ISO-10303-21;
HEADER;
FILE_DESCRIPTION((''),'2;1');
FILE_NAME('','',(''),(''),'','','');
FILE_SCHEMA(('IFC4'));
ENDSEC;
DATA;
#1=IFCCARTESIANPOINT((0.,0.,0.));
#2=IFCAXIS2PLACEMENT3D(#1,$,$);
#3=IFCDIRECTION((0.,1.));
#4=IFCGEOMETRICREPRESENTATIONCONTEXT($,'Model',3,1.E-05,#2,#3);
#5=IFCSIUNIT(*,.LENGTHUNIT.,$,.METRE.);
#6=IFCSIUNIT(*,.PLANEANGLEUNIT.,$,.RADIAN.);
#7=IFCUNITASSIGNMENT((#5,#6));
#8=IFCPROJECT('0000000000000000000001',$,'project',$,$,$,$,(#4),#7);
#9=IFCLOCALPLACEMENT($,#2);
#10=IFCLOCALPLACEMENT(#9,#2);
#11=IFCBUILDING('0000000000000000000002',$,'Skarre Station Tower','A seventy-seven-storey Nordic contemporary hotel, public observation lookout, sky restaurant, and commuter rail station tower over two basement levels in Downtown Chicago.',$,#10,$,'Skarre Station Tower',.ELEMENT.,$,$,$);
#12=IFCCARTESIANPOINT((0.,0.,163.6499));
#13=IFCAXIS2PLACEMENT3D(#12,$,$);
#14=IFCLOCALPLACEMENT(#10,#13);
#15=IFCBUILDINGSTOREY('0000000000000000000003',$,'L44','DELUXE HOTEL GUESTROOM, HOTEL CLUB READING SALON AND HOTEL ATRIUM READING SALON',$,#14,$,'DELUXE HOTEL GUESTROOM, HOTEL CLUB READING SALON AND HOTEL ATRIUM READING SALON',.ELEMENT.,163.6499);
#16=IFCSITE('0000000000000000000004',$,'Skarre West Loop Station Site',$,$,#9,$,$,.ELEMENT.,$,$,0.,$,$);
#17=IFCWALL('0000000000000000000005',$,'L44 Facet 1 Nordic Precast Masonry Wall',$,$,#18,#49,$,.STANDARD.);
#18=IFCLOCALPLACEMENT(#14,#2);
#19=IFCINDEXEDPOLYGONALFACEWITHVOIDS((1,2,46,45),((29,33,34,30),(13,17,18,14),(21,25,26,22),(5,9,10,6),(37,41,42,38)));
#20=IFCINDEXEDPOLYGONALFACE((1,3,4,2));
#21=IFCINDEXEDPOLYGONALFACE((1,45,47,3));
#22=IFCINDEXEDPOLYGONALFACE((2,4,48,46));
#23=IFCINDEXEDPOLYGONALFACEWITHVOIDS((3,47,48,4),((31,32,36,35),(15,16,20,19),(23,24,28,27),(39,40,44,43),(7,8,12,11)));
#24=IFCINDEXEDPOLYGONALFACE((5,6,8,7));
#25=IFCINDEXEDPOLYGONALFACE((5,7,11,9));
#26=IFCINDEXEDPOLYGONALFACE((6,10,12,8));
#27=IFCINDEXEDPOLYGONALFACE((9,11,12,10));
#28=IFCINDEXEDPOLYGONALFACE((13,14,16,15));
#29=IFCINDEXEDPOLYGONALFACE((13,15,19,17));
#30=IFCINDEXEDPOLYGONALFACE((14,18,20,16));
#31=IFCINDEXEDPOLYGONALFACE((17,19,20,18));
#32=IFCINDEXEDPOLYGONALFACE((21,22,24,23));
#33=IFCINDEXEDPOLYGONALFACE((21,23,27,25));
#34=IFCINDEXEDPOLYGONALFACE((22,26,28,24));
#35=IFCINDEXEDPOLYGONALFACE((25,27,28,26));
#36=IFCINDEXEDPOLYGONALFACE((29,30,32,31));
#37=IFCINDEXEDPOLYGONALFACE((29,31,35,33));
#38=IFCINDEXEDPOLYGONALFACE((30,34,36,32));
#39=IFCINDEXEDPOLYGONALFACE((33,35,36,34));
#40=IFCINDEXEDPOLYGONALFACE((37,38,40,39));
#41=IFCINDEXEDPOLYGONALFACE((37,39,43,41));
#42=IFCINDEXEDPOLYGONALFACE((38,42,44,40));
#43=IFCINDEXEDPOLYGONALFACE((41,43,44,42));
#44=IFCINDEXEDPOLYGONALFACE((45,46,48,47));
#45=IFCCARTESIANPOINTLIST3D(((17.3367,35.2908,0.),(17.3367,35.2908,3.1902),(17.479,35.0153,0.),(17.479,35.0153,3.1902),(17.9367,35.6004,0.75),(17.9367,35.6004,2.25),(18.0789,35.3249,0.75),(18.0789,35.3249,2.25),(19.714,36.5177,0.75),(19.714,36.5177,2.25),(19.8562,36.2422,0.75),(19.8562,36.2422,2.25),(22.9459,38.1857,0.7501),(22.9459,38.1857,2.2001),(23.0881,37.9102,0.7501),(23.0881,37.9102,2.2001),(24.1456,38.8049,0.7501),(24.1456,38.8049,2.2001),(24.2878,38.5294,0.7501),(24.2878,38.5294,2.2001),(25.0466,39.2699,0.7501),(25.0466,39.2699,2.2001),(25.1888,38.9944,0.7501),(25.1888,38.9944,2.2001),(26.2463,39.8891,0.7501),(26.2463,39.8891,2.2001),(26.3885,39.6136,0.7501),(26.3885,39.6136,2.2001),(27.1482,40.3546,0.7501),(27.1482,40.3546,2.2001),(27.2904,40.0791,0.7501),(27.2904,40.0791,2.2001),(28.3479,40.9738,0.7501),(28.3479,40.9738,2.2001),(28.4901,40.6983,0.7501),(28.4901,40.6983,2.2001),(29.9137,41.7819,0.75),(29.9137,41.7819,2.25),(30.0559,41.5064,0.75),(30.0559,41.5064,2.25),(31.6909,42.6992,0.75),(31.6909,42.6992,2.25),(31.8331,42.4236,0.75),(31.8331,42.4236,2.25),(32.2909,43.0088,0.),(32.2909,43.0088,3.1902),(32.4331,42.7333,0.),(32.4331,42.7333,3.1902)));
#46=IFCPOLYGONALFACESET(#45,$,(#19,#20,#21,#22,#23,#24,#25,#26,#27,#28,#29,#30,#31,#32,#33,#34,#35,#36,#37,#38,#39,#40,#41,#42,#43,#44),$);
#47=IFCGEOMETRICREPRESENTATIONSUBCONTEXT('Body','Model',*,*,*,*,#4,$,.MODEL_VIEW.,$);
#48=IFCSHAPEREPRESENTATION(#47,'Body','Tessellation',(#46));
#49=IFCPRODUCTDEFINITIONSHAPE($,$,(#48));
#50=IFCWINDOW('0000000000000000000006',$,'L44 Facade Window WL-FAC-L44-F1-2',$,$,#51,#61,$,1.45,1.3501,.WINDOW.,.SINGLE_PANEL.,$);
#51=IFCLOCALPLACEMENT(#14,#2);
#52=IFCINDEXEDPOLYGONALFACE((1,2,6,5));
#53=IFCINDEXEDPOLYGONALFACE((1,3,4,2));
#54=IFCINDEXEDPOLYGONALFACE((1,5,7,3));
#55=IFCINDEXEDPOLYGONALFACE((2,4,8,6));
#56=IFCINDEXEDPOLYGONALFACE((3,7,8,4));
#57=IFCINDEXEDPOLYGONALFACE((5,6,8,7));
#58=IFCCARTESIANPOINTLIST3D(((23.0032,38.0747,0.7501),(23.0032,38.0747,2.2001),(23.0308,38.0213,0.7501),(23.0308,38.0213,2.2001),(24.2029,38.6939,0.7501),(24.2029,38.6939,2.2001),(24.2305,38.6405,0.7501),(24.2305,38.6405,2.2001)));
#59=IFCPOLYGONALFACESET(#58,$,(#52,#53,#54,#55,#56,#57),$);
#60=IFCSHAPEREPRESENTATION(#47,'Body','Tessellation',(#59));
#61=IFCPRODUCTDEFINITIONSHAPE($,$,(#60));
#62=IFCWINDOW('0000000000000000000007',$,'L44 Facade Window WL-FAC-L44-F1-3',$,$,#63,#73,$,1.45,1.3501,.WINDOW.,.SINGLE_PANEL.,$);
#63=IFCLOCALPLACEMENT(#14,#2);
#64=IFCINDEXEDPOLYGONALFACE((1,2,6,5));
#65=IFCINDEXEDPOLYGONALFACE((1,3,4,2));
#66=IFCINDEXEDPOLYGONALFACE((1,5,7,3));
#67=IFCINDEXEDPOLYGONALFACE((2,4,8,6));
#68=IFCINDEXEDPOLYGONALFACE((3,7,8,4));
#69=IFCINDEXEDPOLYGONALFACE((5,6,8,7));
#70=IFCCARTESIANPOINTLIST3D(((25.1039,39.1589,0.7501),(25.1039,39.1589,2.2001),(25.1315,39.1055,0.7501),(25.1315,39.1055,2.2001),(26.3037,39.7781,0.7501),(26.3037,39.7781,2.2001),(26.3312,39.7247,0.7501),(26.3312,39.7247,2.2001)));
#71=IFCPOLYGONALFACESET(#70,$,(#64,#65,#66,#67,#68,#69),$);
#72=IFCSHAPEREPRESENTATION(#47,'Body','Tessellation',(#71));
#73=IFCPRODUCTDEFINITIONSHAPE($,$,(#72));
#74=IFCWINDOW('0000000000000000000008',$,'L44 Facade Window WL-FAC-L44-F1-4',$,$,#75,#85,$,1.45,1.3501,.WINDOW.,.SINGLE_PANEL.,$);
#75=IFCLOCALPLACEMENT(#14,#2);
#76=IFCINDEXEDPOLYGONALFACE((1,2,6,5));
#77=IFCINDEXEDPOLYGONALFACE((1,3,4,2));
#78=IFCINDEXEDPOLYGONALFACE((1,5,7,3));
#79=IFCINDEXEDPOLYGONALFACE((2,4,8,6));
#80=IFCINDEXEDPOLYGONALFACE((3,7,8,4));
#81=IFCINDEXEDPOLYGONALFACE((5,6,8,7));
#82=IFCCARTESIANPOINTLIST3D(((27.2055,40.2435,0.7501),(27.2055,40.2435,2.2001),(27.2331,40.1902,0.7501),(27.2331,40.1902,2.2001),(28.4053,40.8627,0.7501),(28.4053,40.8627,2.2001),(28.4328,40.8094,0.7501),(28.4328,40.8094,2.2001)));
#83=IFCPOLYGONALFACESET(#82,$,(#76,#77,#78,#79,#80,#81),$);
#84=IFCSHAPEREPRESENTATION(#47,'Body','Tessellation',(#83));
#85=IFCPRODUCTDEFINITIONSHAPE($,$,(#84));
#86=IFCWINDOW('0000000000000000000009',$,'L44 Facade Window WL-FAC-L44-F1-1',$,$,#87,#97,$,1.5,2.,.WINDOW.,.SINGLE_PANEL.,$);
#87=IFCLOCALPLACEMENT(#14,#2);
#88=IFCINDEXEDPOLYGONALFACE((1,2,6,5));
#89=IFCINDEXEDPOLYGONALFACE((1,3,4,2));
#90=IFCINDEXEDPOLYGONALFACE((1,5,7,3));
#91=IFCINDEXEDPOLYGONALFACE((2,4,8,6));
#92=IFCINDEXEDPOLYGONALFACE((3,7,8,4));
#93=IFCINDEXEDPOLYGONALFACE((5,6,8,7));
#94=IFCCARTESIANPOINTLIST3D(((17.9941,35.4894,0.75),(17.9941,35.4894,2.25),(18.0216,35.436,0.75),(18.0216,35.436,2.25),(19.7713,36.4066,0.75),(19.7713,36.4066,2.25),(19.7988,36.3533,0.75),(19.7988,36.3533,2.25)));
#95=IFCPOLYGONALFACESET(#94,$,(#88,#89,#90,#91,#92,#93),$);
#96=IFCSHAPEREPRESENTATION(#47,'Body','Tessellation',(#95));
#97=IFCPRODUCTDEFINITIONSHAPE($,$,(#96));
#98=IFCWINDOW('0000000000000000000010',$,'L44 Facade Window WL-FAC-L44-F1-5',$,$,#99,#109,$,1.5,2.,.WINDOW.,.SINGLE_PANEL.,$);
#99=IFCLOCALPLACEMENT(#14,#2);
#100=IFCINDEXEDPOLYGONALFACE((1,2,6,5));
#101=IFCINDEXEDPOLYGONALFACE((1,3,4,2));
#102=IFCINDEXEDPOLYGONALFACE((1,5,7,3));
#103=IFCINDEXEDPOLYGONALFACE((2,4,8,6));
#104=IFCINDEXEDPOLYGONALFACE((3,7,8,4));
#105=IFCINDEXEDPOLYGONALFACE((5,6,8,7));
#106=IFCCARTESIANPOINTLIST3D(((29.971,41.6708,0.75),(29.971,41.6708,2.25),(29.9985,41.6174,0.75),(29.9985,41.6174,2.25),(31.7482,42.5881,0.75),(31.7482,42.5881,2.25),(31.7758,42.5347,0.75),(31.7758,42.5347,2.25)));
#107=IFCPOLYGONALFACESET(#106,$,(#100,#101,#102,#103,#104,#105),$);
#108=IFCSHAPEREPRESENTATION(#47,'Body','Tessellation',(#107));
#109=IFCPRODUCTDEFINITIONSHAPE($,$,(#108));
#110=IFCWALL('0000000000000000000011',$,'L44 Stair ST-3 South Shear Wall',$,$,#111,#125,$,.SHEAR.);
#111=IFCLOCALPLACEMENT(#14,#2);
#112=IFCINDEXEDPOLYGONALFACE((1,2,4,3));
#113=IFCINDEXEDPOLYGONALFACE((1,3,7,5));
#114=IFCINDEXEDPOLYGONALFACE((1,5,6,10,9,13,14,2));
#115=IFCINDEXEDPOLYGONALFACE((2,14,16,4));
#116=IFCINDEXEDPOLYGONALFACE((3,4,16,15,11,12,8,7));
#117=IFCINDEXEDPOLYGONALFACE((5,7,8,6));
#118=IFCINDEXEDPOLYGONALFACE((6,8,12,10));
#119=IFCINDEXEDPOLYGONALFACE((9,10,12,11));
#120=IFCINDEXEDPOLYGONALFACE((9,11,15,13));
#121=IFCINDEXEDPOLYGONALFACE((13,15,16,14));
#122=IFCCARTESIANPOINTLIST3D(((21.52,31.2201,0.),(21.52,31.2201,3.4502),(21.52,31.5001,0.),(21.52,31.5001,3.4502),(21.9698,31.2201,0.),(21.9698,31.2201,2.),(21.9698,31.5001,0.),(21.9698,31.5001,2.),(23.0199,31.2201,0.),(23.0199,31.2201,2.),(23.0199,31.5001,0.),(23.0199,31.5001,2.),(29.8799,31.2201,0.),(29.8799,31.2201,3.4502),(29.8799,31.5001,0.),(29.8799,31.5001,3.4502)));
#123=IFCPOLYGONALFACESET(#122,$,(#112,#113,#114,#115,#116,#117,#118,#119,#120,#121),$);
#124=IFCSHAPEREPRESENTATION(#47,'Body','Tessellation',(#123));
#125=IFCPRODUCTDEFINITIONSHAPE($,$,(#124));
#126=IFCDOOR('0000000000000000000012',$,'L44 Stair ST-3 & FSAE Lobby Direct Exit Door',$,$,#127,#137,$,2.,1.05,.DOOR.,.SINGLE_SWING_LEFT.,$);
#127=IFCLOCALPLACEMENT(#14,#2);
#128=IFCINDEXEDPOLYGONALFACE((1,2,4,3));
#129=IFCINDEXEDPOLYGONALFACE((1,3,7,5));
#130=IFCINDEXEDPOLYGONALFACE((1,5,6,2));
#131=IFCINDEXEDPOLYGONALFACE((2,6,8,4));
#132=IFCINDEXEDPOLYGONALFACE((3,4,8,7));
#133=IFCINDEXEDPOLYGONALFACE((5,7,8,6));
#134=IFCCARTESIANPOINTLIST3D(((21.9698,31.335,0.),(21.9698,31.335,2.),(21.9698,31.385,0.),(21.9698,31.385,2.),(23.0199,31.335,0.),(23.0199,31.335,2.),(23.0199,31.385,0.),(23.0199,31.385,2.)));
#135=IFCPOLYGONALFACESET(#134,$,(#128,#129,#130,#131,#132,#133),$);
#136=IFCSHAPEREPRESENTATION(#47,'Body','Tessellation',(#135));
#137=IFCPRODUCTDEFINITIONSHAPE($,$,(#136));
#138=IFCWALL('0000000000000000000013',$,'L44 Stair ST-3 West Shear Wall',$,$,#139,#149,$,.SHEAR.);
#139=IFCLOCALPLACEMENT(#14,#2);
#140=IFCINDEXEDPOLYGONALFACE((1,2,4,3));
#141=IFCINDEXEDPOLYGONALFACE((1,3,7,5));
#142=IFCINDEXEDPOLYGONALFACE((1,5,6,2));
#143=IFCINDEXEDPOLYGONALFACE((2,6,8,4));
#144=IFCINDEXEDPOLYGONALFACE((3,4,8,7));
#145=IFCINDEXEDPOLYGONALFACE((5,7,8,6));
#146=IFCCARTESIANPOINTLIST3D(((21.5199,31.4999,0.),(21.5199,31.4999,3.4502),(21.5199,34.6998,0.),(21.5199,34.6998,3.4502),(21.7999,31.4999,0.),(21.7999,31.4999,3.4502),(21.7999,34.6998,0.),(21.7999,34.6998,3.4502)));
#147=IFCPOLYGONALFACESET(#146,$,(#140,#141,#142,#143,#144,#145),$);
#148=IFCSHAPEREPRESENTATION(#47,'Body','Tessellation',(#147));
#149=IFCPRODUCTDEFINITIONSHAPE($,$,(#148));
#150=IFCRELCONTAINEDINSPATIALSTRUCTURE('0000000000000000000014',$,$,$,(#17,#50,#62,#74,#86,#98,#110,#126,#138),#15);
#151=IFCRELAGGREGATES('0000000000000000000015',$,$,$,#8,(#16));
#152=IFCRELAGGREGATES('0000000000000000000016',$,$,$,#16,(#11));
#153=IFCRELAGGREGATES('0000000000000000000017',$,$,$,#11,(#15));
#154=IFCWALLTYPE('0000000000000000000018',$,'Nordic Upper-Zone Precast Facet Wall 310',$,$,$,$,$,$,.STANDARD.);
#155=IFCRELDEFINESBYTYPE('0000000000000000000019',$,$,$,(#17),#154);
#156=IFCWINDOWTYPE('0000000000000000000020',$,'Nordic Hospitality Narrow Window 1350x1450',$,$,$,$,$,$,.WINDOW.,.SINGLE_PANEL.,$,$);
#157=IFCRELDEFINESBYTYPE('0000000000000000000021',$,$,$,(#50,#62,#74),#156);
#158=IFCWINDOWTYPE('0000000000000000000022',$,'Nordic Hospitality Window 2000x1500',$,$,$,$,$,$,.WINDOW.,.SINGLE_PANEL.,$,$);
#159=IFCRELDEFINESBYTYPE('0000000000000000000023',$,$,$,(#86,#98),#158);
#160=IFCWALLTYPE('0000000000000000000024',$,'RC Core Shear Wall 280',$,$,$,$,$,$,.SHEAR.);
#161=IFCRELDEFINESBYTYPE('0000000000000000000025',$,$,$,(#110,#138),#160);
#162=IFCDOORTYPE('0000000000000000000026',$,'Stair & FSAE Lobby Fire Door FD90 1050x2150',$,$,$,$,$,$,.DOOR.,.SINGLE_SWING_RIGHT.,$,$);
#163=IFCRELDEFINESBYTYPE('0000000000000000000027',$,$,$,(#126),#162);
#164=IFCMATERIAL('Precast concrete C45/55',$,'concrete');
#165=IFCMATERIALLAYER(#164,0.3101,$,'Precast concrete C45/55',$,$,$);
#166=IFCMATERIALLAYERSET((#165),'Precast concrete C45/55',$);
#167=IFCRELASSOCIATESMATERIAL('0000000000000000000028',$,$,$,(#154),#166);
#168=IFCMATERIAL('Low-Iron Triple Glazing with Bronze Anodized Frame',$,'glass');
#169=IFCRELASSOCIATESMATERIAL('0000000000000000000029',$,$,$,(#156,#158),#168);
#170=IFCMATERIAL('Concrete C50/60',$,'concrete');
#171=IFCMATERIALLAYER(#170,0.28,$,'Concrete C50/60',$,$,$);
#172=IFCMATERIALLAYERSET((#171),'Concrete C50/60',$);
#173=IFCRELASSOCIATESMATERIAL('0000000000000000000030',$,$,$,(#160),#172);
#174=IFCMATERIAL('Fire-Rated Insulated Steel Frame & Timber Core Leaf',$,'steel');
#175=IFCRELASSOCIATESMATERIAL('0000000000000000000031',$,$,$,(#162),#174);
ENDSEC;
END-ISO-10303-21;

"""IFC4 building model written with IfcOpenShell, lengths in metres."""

from ifc_helpers import new_model, si_unit, direction, frame, frame_2d, origin, place, context, subcontext, project, spatial, rectangle, extrude, material, layer, layer_set, type_object, element, fill, save


model = new_model("IFC4")

# Units and contexts
model_context = context("Model", 3, precision=1e-05, world=origin(), true_north=direction((0.0, 1.0)))
body_context = subcontext(model_context, "Body", "Model", "MODEL_VIEW")
ifc_project = project(units=[si_unit("LENGTHUNIT", "METRE"), si_unit("PLANEANGLEUNIT", "RADIAN")], contexts=[model_context])

# Site, building, storey
site_placement = place(None, origin())
site = spatial("IfcSite", under=ifc_project, at=site_placement, Name="Skarre West Loop Station Site", CompositionType="ELEMENT", RefElevation=0.0)
building_placement = place(site_placement, origin())
building = spatial("IfcBuilding", under=site, at=building_placement, Name="Skarre Station Tower", Description="A seventy-seven-storey Nordic contemporary hotel, public observation lookout, sky restaurant, and commuter rail station tower over two basement levels in Downtown Chicago.", LongName="Skarre Station Tower", CompositionType="ELEMENT")
storey_placement = place(building_placement, frame((0.0, 0.0, 163.6499)))
storey = spatial("IfcBuildingStorey", under=building, at=storey_placement, Name="L44", Description="DELUXE HOTEL GUESTROOM, HOTEL CLUB READING SALON AND HOTEL ATRIUM READING SALON", LongName="DELUXE HOTEL GUESTROOM, HOTEL CLUB READING SALON AND HOTEL ATRIUM READING SALON", CompositionType="ELEMENT", Elevation=163.6499)

# Shared definitions
ifc_material_1 = material(Name="Concrete C50/60", Category="concrete")

# Shared definitions
ifc_material_2 = material(Name="Precast concrete C45/55", Category="concrete")

# Wall, openings, windows
ifc_layer_1 = layer(ifc_material_2, 0.3101, Name="Precast concrete C45/55")
ifc_layer_set_1 = layer_set([ifc_layer_1], Name="Precast concrete C45/55")
wall_type_1 = type_object("IfcWallType", Name="Nordic Upper-Zone Precast Facet Wall 310", PredefinedType="STANDARD", material=ifc_layer_set_1)
wall_1_placement = place(storey_placement, frame((17.408, 35.1531, 0.0), z_axis=(0.0, 0.0, 1.0), x_axis=(0.888626, 0.458632, 0.0)))
wall_1 = element("IfcWall", 1, at=wall_1_placement, inside=storey, type_object=wall_type_1, Name="L44 Facet 1 Nordic Precast Masonry Wall", PredefinedType="STANDARD", context=body_context, shape_type="SweptSolid", body=[
    extrude(rectangle(XDim=16.8284, YDim=0.3101, at=frame_2d((8.4141, 0.0))), origin(), (0.0, 0.0, 1.0), 3.1902),
])
opening_1_placement = place(wall_1_placement, frame((0.675, 0.0, 0.75)))
opening_1 = element("IfcOpeningElement", 2, at=opening_1_placement, cuts=wall_1, PredefinedType="OPENING", context=body_context, shape_type="SweptSolid", body=[
    extrude(rectangle(XDim=2.0, YDim=1.5, at=frame_2d((1.0, 0.75))), frame((0.0, 0.165, 0.0), z_axis=(0.0, -1.0, 0.0), x_axis=(1.0, 0.0, 0.0)), (0.0, 0.0, 1.0), 0.3301),
])
opening_2_placement = place(wall_1_placement, frame((6.312, 0.0, 0.75)))
opening_2 = element("IfcOpeningElement", 3, at=opening_2_placement, cuts=wall_1, PredefinedType="OPENING", context=body_context, shape_type="SweptSolid", body=[
    extrude(rectangle(XDim=1.3501, YDim=1.45, at=frame_2d((0.675, 0.7251))), frame((0.0, 0.165, 0.0), z_axis=(0.0, -1.0, 0.0), x_axis=(1.0, 0.0, 0.0)), (0.0, 0.0, 1.0), 0.3301),
])
opening_3_placement = place(wall_1_placement, frame((8.676, 0.0, 0.75)))
opening_3 = element("IfcOpeningElement", 4, at=opening_3_placement, cuts=wall_1, PredefinedType="OPENING", context=body_context, shape_type="SweptSolid", body=[
    extrude(rectangle(XDim=1.3501, YDim=1.45, at=frame_2d((0.675, 0.7251))), frame((0.0, 0.165, 0.0), z_axis=(0.0, -1.0, 0.0), x_axis=(1.0, 0.0, 0.0)), (0.0, 0.0, 1.0), 0.3301),
])
opening_4_placement = place(wall_1_placement, frame((11.041, 0.0, 0.75)))
opening_4 = element("IfcOpeningElement", 5, at=opening_4_placement, cuts=wall_1, PredefinedType="OPENING", context=body_context, shape_type="SweptSolid", body=[
    extrude(rectangle(XDim=1.3501, YDim=1.45, at=frame_2d((0.675, 0.7251))), frame((0.0, 0.165, 0.0), z_axis=(0.0, -1.0, 0.0), x_axis=(1.0, 0.0, 0.0)), (0.0, 0.0, 1.0), 0.3301),
])
opening_5_placement = place(wall_1_placement, frame((14.1531, 0.0, 0.75)))
opening_5 = element("IfcOpeningElement", 6, at=opening_5_placement, cuts=wall_1, PredefinedType="OPENING", context=body_context, shape_type="SweptSolid", body=[
    extrude(rectangle(XDim=2.0, YDim=1.5, at=frame_2d((1.0, 0.75))), frame((0.0, 0.165, 0.0), z_axis=(0.0, -1.0, 0.0), x_axis=(1.0, 0.0, 0.0)), (0.0, 0.0, 1.0), 0.3301),
])
ifc_material_3 = material(Name="Low-Iron Triple Glazing with Bronze Anodized Frame", Category="glass")
window_type_1 = type_object("IfcWindowType", Name="Nordic Hospitality Narrow Window 1350x1450", PartitioningType="SINGLE_PANEL", PredefinedType="WINDOW", material=ifc_material_3)
window_1_placement = place(opening_2_placement, origin())
window_1 = element("IfcWindow", 7, at=window_1_placement, inside=storey, type_object=window_type_1, Name="L44 Facade Window WL-FAC-L44-F1-2", OverallHeight=1.45, OverallWidth=1.3501, PartitioningType="SINGLE_PANEL", PredefinedType="WINDOW", context=body_context, shape_type="SweptSolid", body=[
    extrude(rectangle(XDim=1.3501, YDim=1.45, at=frame_2d((0.675, 0.7251))), frame((0.0, 0.03, 0.0), z_axis=(0.0, -1.0, 0.0), x_axis=(1.0, 0.0, 0.0)), (0.0, 0.0, 1.0), 0.0601),
])
fill(opening_2, window_1)
window_2_placement = place(opening_3_placement, origin())
window_2 = element("IfcWindow", 8, at=window_2_placement, inside=storey, type_object=window_type_1, Name="L44 Facade Window WL-FAC-L44-F1-3", OverallHeight=1.45, OverallWidth=1.3501, PartitioningType="SINGLE_PANEL", PredefinedType="WINDOW", context=body_context, shape_type="SweptSolid", body=[
    extrude(rectangle(XDim=1.3501, YDim=1.45, at=frame_2d((0.675, 0.7251))), frame((0.0, 0.03, 0.0), z_axis=(0.0, -1.0, 0.0), x_axis=(1.0, 0.0, 0.0)), (0.0, 0.0, 1.0), 0.0601),
])
fill(opening_3, window_2)
window_3_placement = place(opening_4_placement, origin())
window_3 = element("IfcWindow", 9, at=window_3_placement, inside=storey, type_object=window_type_1, Name="L44 Facade Window WL-FAC-L44-F1-4", OverallHeight=1.45, OverallWidth=1.3501, PartitioningType="SINGLE_PANEL", PredefinedType="WINDOW", context=body_context, shape_type="SweptSolid", body=[
    extrude(rectangle(XDim=1.3501, YDim=1.45, at=frame_2d((0.675, 0.7251))), frame((0.0, 0.03, 0.0), z_axis=(0.0, -1.0, 0.0), x_axis=(1.0, 0.0, 0.0)), (0.0, 0.0, 1.0), 0.0601),
])
fill(opening_4, window_3)
window_type_2 = type_object("IfcWindowType", Name="Nordic Hospitality Window 2000x1500", PartitioningType="SINGLE_PANEL", PredefinedType="WINDOW", material=ifc_material_3)
window_4_placement = place(opening_1_placement, origin())
window_4 = element("IfcWindow", 10, at=window_4_placement, inside=storey, type_object=window_type_2, Name="L44 Facade Window WL-FAC-L44-F1-1", OverallHeight=1.5, OverallWidth=2.0, PartitioningType="SINGLE_PANEL", PredefinedType="WINDOW", context=body_context, shape_type="SweptSolid", body=[
    extrude(rectangle(XDim=2.0, YDim=1.5, at=frame_2d((1.0, 0.75))), frame((0.0, 0.03, 0.0), z_axis=(0.0, -1.0, 0.0), x_axis=(1.0, 0.0, 0.0)), (0.0, 0.0, 1.0), 0.0601),
])
fill(opening_1, window_4)
window_5_placement = place(opening_5_placement, origin())
window_5 = element("IfcWindow", 11, at=window_5_placement, inside=storey, type_object=window_type_2, Name="L44 Facade Window WL-FAC-L44-F1-5", OverallHeight=1.5, OverallWidth=2.0, PartitioningType="SINGLE_PANEL", PredefinedType="WINDOW", context=body_context, shape_type="SweptSolid", body=[
    extrude(rectangle(XDim=2.0, YDim=1.5, at=frame_2d((1.0, 0.75))), frame((0.0, 0.03, 0.0), z_axis=(0.0, -1.0, 0.0), x_axis=(1.0, 0.0, 0.0)), (0.0, 0.0, 1.0), 0.0601),
])
fill(opening_5, window_5)

# Wall, opening, door
ifc_layer_2 = layer(ifc_material_1, 0.28, Name="Concrete C50/60")
ifc_layer_set_2 = layer_set([ifc_layer_2], Name="Concrete C50/60")
wall_type_2 = type_object("IfcWallType", Name="RC Core Shear Wall 280", PredefinedType="SHEAR", material=ifc_layer_set_2)
wall_2_placement = place(storey_placement, frame((21.52, 31.3601, 0.0), z_axis=(0.0, 0.0, 1.0), x_axis=(1.0, 0.0, 0.0)))
wall_2 = element("IfcWall", 12, at=wall_2_placement, inside=storey, type_object=wall_type_2, Name="L44 Stair ST-3 South Shear Wall", PredefinedType="SHEAR", context=body_context, shape_type="SweptSolid", body=[
    extrude(rectangle(XDim=8.3599, YDim=0.28, at=frame_2d((4.1799, 0.0))), origin(), (0.0, 0.0, 1.0), 3.4502),
])
opening_6_placement = place(wall_2_placement, frame((0.45, 0.0, 0.0)))
opening_6 = element("IfcOpeningElement", 13, at=opening_6_placement, cuts=wall_2, PredefinedType="OPENING", context=body_context, shape_type="SweptSolid", body=[
    extrude(rectangle(XDim=1.05, YDim=2.0, at=frame_2d((0.5249, 1.0))), frame((0.0, 0.1499, 0.0), z_axis=(0.0, -1.0, 0.0), x_axis=(1.0, 0.0, 0.0)), (0.0, 0.0, 1.0), 0.3),
])
ifc_material_4 = material(Name="Fire-Rated Insulated Steel Frame & Timber Core Leaf", Category="steel")
door_type_1 = type_object("IfcDoorType", Name="Stair & FSAE Lobby Fire Door FD90 1050x2150", OperationType="SINGLE_SWING_RIGHT", PredefinedType="DOOR", material=ifc_material_4)
door_1_placement = place(opening_6_placement, origin())
door_1 = element("IfcDoor", 14, at=door_1_placement, inside=storey, type_object=door_type_1, Name="L44 Stair ST-3 & FSAE Lobby Direct Exit Door", OperationType="SINGLE_SWING_LEFT", OverallHeight=2.0, OverallWidth=1.05, PredefinedType="DOOR", context=body_context, shape_type="SweptSolid", body=[
    extrude(rectangle(XDim=1.05, YDim=2.0, at=frame_2d((0.5249, 1.0))), frame((0.0, 0.0249, 0.0), z_axis=(0.0, -1.0, 0.0), x_axis=(1.0, 0.0, 0.0)), (0.0, 0.0, 1.0), 0.05),
])
fill(opening_6, door_1)

# Wall
wall_3_placement = place(storey_placement, frame((21.6599, 34.7, 0.0), z_axis=(0.0, 0.0, 1.0), x_axis=(0.0, -1.0, 0.0)))
element("IfcWall", 15, at=wall_3_placement, inside=storey, type_object=wall_type_2, Name="L44 Stair ST-3 West Shear Wall", PredefinedType="SHEAR", context=body_context, shape_type="SweptSolid", body=[
    extrude(rectangle(XDim=3.2, YDim=0.28, at=frame_2d((1.6001, 0.0))), origin(), (0.0, 0.0, 1.0), 3.4502),
])

save(model, "model.ifc")
